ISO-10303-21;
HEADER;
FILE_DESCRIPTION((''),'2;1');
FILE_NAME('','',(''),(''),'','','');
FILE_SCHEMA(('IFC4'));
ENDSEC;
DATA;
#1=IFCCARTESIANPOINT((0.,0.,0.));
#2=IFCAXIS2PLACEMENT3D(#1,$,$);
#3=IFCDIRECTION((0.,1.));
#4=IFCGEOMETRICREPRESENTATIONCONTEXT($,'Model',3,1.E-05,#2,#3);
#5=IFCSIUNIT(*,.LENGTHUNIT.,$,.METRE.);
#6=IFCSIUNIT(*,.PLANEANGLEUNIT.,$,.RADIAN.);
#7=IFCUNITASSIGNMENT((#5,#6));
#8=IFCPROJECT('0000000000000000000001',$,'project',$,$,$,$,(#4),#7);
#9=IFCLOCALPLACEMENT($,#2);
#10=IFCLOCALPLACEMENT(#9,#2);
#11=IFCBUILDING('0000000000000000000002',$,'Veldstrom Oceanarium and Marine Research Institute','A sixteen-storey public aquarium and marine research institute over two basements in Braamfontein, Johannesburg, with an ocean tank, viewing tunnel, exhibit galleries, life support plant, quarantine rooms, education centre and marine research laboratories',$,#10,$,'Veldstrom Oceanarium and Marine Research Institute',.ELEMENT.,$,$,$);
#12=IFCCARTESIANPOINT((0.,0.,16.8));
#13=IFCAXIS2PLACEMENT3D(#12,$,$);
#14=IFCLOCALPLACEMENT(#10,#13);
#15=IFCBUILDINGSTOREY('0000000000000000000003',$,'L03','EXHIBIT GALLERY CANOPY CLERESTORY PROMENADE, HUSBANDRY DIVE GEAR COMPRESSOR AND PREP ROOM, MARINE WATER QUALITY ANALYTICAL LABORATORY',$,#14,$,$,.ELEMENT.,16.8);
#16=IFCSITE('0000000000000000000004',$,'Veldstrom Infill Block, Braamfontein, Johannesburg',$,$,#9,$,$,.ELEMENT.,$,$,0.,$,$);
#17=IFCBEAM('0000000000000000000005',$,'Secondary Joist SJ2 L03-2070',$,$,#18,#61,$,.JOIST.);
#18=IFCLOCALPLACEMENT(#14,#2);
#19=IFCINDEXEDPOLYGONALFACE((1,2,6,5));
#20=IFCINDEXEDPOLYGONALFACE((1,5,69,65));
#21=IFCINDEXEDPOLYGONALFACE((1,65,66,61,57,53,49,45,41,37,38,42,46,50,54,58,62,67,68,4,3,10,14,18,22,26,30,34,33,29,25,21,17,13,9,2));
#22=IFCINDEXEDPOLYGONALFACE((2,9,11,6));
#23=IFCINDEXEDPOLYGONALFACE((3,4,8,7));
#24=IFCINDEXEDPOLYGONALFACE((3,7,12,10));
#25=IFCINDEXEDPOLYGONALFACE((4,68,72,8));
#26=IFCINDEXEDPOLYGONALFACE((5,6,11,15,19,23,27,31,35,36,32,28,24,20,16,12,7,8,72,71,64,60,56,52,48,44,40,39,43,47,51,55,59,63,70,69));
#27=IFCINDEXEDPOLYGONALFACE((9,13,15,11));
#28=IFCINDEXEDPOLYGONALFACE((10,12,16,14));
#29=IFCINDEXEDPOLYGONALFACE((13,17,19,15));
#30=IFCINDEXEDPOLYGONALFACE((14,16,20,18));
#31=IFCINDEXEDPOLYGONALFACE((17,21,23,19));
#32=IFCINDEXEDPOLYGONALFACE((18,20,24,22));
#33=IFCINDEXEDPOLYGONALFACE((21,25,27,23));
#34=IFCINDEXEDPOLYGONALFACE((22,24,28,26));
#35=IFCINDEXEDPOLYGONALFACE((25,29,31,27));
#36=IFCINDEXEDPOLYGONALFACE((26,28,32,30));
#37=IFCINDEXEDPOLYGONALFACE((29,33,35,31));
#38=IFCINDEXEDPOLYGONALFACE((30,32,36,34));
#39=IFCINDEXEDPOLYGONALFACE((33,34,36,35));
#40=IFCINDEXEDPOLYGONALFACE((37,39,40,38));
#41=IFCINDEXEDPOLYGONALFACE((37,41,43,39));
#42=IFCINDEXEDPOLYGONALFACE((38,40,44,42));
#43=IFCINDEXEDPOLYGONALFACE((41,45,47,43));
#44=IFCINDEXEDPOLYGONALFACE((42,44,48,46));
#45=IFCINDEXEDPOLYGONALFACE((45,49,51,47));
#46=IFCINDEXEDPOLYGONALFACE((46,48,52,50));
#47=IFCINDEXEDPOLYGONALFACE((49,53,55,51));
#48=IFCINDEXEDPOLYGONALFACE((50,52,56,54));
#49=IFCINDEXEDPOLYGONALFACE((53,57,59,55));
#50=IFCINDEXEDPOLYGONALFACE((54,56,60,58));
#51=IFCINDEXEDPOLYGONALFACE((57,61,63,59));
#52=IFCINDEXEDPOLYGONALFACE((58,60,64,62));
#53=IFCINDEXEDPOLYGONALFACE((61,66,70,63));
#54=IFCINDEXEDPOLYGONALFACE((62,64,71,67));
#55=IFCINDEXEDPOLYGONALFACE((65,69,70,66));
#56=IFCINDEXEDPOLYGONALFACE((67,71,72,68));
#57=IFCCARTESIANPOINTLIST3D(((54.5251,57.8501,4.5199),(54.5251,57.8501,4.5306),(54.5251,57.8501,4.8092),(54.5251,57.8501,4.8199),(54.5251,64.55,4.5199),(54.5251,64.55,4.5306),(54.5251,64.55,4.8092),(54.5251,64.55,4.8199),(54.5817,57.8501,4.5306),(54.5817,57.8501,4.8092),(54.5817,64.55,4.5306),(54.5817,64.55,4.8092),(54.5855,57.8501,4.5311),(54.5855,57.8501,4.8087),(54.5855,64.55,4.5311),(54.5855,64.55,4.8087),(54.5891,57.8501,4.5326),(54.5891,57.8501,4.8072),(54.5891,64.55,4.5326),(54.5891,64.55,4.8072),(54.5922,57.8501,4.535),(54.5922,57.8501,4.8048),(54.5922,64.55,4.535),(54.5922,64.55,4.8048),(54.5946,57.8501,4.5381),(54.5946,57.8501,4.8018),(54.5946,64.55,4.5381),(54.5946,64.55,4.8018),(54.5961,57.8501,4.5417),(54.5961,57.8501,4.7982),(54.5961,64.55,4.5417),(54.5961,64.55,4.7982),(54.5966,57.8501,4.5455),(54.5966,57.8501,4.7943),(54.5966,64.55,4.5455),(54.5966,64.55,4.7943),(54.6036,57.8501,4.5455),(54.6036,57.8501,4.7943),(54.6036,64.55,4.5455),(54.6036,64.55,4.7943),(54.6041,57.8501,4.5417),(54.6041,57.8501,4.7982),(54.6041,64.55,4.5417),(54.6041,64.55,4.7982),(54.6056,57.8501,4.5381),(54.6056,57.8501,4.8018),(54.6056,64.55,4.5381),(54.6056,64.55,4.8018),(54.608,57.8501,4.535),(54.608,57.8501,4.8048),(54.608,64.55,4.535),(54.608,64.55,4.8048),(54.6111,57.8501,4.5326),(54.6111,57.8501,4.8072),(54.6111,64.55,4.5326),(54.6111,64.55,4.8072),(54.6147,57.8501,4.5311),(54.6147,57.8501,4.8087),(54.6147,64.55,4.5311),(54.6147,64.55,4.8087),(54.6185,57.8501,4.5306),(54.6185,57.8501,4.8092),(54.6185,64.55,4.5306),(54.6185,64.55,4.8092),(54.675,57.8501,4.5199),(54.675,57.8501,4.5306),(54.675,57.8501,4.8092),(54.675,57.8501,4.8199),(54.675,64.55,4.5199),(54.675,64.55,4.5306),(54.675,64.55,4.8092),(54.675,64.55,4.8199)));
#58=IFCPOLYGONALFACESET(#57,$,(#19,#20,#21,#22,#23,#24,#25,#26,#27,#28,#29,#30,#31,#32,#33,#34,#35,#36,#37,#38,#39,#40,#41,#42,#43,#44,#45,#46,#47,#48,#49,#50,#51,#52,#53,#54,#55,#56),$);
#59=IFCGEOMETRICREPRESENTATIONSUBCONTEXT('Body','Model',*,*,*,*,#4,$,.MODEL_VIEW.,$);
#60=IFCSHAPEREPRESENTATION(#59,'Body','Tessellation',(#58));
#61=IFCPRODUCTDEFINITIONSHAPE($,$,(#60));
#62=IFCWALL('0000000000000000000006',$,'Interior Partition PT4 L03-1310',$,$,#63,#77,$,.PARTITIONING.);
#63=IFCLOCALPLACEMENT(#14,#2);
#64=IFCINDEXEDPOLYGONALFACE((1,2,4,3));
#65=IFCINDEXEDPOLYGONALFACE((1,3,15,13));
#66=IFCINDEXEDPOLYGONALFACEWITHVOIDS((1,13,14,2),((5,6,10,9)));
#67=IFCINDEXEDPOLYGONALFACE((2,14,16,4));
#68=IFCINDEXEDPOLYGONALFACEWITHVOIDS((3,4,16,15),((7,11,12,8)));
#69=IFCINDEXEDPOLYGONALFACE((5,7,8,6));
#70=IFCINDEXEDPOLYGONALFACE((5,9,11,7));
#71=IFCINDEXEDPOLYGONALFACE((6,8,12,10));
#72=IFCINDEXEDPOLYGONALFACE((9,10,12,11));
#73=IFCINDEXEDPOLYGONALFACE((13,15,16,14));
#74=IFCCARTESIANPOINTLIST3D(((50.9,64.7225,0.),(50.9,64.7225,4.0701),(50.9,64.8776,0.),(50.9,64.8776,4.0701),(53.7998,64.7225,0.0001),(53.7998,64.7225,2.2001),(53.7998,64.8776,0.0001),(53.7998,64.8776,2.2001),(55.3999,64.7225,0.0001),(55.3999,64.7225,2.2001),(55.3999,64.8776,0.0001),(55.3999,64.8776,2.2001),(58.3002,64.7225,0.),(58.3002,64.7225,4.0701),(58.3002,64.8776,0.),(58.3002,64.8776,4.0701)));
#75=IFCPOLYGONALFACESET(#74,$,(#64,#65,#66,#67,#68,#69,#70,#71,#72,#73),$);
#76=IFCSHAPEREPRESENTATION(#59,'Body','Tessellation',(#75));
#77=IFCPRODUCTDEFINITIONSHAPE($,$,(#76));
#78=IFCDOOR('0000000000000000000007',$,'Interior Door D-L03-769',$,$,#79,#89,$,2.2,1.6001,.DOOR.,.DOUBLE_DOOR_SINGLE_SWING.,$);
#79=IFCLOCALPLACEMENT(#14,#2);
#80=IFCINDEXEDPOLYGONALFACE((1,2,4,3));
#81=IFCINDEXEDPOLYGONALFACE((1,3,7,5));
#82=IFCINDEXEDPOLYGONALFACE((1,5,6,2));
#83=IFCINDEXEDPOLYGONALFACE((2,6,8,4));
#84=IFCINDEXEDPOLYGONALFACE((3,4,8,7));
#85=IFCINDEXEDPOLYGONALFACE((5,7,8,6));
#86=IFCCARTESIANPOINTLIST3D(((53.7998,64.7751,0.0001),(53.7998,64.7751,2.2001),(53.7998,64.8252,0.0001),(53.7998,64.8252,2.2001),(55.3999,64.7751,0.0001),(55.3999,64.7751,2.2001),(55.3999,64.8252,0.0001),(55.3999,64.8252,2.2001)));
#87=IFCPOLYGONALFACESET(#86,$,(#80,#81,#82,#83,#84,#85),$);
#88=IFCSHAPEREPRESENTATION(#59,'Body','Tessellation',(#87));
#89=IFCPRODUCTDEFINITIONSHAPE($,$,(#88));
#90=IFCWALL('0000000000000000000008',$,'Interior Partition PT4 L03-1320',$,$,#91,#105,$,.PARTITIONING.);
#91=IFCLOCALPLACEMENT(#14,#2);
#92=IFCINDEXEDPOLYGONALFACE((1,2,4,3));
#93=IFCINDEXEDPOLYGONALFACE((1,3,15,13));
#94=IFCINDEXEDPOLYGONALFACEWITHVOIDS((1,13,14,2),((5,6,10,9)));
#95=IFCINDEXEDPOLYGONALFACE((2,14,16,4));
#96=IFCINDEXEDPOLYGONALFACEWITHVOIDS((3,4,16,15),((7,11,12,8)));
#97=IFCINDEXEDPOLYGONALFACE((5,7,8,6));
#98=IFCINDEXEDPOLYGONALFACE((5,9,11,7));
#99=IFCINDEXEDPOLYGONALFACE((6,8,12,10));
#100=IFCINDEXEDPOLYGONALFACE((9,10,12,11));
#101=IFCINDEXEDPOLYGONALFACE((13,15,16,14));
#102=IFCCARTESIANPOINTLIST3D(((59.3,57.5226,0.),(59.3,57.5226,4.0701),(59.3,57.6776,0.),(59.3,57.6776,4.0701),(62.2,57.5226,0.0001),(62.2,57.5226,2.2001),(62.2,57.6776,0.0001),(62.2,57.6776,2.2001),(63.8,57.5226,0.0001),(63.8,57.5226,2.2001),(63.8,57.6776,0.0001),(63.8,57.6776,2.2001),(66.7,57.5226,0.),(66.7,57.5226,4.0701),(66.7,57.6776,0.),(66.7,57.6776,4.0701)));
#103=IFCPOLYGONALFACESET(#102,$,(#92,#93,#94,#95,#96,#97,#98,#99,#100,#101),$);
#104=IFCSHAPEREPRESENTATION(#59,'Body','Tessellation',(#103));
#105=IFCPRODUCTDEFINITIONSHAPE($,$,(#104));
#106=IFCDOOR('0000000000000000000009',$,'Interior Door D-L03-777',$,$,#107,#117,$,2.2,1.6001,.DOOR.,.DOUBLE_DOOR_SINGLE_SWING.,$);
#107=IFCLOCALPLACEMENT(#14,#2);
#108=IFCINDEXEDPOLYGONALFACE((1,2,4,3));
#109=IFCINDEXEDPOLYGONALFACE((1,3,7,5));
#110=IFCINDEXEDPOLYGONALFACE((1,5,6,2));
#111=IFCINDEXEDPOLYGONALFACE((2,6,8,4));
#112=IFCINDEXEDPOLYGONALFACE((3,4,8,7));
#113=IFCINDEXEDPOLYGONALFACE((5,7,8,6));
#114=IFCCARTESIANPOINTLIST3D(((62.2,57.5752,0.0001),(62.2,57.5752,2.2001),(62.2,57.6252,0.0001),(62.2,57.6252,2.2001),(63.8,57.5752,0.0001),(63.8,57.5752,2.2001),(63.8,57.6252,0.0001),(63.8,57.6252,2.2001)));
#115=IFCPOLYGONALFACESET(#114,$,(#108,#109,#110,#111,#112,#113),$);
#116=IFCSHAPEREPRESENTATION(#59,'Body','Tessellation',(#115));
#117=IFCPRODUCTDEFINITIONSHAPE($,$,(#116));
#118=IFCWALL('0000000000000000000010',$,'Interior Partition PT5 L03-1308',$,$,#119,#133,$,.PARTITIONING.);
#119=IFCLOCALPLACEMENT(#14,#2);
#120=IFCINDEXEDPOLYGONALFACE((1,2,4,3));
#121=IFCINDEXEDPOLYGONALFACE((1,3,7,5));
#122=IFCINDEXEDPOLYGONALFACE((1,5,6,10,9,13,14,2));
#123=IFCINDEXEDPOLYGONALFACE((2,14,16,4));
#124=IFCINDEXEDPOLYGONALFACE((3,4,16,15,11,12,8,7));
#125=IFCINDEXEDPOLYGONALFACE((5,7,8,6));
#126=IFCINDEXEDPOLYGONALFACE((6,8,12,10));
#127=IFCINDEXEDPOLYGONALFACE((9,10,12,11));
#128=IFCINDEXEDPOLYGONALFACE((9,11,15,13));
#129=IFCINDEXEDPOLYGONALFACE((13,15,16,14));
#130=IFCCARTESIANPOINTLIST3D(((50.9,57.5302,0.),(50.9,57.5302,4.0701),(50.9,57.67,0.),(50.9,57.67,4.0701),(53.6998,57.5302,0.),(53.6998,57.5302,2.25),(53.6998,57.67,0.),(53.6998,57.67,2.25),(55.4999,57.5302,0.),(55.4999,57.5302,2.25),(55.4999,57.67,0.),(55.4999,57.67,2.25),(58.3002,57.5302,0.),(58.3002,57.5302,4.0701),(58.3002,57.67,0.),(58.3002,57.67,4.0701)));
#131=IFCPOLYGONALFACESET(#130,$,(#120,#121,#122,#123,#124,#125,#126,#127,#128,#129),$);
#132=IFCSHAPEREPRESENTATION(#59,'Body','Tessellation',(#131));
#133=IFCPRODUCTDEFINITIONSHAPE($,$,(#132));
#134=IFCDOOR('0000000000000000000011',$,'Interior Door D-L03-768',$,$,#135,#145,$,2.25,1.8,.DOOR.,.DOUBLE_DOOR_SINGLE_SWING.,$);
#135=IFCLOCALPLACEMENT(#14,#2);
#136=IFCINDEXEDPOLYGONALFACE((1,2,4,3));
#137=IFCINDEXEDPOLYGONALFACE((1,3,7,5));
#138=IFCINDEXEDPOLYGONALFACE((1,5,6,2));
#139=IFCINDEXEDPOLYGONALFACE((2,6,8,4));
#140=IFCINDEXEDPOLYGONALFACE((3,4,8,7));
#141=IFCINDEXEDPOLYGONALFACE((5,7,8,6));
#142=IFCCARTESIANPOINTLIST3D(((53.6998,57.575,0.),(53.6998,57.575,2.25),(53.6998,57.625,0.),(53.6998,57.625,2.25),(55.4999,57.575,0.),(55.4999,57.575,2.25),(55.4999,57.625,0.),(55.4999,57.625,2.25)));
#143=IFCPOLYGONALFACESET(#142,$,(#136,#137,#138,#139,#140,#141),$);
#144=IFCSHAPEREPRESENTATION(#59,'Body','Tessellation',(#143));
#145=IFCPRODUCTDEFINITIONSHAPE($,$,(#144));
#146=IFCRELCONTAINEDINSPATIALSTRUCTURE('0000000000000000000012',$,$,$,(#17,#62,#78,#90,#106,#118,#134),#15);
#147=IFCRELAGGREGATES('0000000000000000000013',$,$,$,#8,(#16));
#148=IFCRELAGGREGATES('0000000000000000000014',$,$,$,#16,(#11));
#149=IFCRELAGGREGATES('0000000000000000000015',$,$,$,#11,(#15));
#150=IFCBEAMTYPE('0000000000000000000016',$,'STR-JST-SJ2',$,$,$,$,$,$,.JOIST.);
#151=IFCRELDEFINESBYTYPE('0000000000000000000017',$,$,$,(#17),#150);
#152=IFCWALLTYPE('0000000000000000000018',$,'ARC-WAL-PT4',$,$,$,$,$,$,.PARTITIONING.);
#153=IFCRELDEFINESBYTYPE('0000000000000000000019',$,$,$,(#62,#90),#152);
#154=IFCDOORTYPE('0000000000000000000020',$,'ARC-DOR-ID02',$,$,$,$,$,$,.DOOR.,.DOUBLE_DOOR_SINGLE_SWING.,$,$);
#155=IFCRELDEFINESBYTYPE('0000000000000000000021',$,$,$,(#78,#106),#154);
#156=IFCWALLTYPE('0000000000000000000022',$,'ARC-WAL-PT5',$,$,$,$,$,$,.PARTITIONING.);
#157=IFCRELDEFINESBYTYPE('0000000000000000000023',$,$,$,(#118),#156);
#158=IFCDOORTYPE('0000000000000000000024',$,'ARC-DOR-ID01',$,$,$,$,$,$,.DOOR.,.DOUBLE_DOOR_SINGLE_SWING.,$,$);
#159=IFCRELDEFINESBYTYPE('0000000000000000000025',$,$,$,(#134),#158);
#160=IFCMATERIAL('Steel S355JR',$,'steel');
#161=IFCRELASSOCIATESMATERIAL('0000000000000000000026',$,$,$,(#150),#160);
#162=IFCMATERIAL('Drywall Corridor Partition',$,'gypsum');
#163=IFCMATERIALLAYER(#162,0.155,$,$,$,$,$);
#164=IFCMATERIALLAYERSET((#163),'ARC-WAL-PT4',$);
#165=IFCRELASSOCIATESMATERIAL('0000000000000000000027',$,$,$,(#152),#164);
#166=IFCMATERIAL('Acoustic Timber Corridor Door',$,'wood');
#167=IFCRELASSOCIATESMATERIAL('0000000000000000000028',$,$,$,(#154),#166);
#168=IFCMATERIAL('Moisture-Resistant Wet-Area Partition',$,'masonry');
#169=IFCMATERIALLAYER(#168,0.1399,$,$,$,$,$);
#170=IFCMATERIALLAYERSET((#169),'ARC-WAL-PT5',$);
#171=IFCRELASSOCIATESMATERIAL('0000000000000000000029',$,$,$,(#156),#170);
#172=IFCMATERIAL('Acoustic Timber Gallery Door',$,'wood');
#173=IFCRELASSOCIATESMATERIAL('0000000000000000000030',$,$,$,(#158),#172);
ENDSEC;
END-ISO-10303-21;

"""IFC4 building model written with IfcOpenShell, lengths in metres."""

from ifc_helpers import new_model, si_unit, direction, frame, frame_2d, origin, origin_2d, place, context, subcontext, project, spatial, rectangle, i_section, extrude, material, layer, layer_set, material_profile, profile_set, type_object, element, fill, save


model = new_model("IFC4")

# Units and contexts
model_context = context("Model", 3, precision=1e-05, world=origin(), true_north=direction((0.0, 1.0)))
body_context = subcontext(model_context, "Body", "Model", "MODEL_VIEW")
ifc_project = project(units=[si_unit("LENGTHUNIT", "METRE"), si_unit("PLANEANGLEUNIT", "RADIAN")], contexts=[model_context])

# Site, building, storey
site_placement = place(None, origin())
site = spatial("IfcSite", under=ifc_project, at=site_placement, Name="Veldstrom Infill Block, Braamfontein, Johannesburg", CompositionType="ELEMENT", RefElevation=0.0)
building_placement = place(site_placement, origin())
building = spatial("IfcBuilding", under=site, at=building_placement, Name="Veldstrom Oceanarium and Marine Research Institute", Description="A sixteen-storey public aquarium and marine research institute over two basements in Braamfontein, Johannesburg, with an ocean tank, viewing tunnel, exhibit galleries, life support plant, quarantine rooms, education centre and marine research laboratories", LongName="Veldstrom Oceanarium and Marine Research Institute", CompositionType="ELEMENT")
storey_placement = place(building_placement, frame((0.0, 0.0, 16.8)))
storey = spatial("IfcBuildingStorey", under=building, at=storey_placement, Name="L03", Description="EXHIBIT GALLERY CANOPY CLERESTORY PROMENADE, HUSBANDRY DIVE GEAR COMPRESSOR AND PREP ROOM, MARINE WATER QUALITY ANALYTICAL LABORATORY", CompositionType="ELEMENT", Elevation=16.8)

# Beam
ifc_material_1 = material(Name="Steel S355JR", Category="steel")
ifc_material_profile_1 = material_profile(ifc_material_1, i_section(OverallWidth=0.1499, OverallDepth=0.3, WebThickness=0.0071, FlangeThickness=0.0107, FilletRadius=0.0149, at=origin_2d()), Name="IPE 300")
ifc_profile_set_1 = profile_set([ifc_material_profile_1], Name="Steel S355JR")
beam_type_1 = type_object("IfcBeamType", Name="STR-JST-SJ2", PredefinedType="JOIST", material=ifc_profile_set_1)
beam_1_placement = place(storey_placement, frame((54.6001, 57.8501, 4.6699), z_axis=(0.0, 1.0, 0.0), x_axis=(-1.0, 0.0, 0.0)))
element("IfcBeam", 1, at=beam_1_placement, inside=storey, type_object=beam_type_1, Name="Secondary Joist SJ2 L03-2070", PredefinedType="JOIST", context=body_context, shape_type="SweptSolid", body=[
    extrude(i_section(OverallWidth=0.1499, OverallDepth=0.3, WebThickness=0.0071, FlangeThickness=0.0107, FilletRadius=0.0149, at=origin_2d()), origin(), (0.0, 0.0, 1.0), 6.7),
])

# Walls, openings, doors
ifc_material_2 = material(Name="Drywall Corridor Partition", Category="gypsum")
ifc_layer_1 = layer(ifc_material_2, 0.155)
ifc_layer_set_1 = layer_set([ifc_layer_1], Name="ARC-WAL-PT4")
wall_type_1 = type_object("IfcWallType", Name="ARC-WAL-PT4", PredefinedType="PARTITIONING", material=ifc_layer_set_1)
wall_1_placement = place(storey_placement, frame((50.8999, 64.8, 0.0), z_axis=(0.0, 0.0, 1.0), x_axis=(1.0, 0.0, 0.0)))
wall_1 = element("IfcWall", 2, at=wall_1_placement, inside=storey, type_object=wall_type_1, Name="Interior Partition PT4 L03-1310", PredefinedType="PARTITIONING", context=body_context, shape_type="SweptSolid", body=[
    extrude(rectangle(XDim=7.4001, YDim=0.155, at=frame_2d((3.7002, 0.0))), origin(), (0.0, 0.0, 1.0), 4.0701),
])
opening_1_placement = place(wall_1_placement, frame((2.8999, 0.0, 0.0)))
opening_1 = element("IfcOpeningElement", 3, at=opening_1_placement, cuts=wall_1, PredefinedType="OPENING", context=body_context, shape_type="SweptSolid", body=[
    extrude(rectangle(XDim=1.6001, YDim=2.2, at=frame_2d((0.8, 1.1001))), frame((0.0, 0.0874, 0.0), z_axis=(0.0, -1.0, 0.0), x_axis=(1.0, 0.0, 0.0)), (0.0, 0.0, 1.0), 0.175),
])
ifc_material_3 = material(Name="Acoustic Timber Corridor Door", Category="wood")
door_type_1 = type_object("IfcDoorType", Name="ARC-DOR-ID02", OperationType="DOUBLE_DOOR_SINGLE_SWING", PredefinedType="DOOR", material=ifc_material_3)
door_1_placement = place(opening_1_placement, frame((1.6001, 0.0, 0.0), z_axis=(0.0, 0.0, 1.0), x_axis=(-1.0, 0.0, 0.0)))
door_1 = element("IfcDoor", 4, at=door_1_placement, inside=storey, type_object=door_type_1, Name="Interior Door D-L03-769", OperationType="DOUBLE_DOOR_SINGLE_SWING", OverallHeight=2.2, OverallWidth=1.6001, PredefinedType="DOOR", context=body_context, shape_type="SweptSolid", body=[
    extrude(rectangle(XDim=1.6001, YDim=2.2, at=frame_2d((0.8, 1.1001))), frame((0.0, 0.0249, 0.0), z_axis=(0.0, -1.0, 0.0), x_axis=(1.0, 0.0, 0.0)), (0.0, 0.0, 1.0), 0.05),
])
fill(opening_1, door_1)
wall_2_placement = place(storey_placement, frame((59.3, 57.6001, 0.0), z_axis=(0.0, 0.0, 1.0), x_axis=(1.0, 0.0, 0.0)))
wall_2 = element("IfcWall", 5, at=wall_2_placement, inside=storey, type_object=wall_type_1, Name="Interior Partition PT4 L03-1320", PredefinedType="PARTITIONING", context=body_context, shape_type="SweptSolid", body=[
    extrude(rectangle(XDim=7.3999, YDim=0.155, at=frame_2d((3.7, 0.0))), origin(), (0.0, 0.0, 1.0), 4.0701),
])
opening_2_placement = place(wall_2_placement, frame((2.8999, 0.0, 0.0)))
opening_2 = element("IfcOpeningElement", 6, at=opening_2_placement, cuts=wall_2, PredefinedType="OPENING", context=body_context, shape_type="SweptSolid", body=[
    extrude(rectangle(XDim=1.6001, YDim=2.2, at=frame_2d((0.8, 1.1001))), frame((0.0, 0.0874, 0.0), z_axis=(0.0, -1.0, 0.0), x_axis=(1.0, 0.0, 0.0)), (0.0, 0.0, 1.0), 0.175),
])
door_2_placement = place(opening_2_placement, frame((1.6001, 0.0, 0.0), z_axis=(0.0, 0.0, 1.0), x_axis=(-1.0, 0.0, 0.0)))
door_2 = element("IfcDoor", 7, at=door_2_placement, inside=storey, type_object=door_type_1, Name="Interior Door D-L03-777", OperationType="DOUBLE_DOOR_SINGLE_SWING", OverallHeight=2.2, OverallWidth=1.6001, PredefinedType="DOOR", context=body_context, shape_type="SweptSolid", body=[
    extrude(rectangle(XDim=1.6001, YDim=2.2, at=frame_2d((0.8, 1.1001))), frame((0.0, 0.0249, 0.0), z_axis=(0.0, -1.0, 0.0), x_axis=(1.0, 0.0, 0.0)), (0.0, 0.0, 1.0), 0.05),
])
fill(opening_2, door_2)
ifc_material_4 = material(Name="Moisture-Resistant Wet-Area Partition", Category="masonry")
ifc_layer_2 = layer(ifc_material_4, 0.1399)
ifc_layer_set_2 = layer_set([ifc_layer_2], Name="ARC-WAL-PT5")
wall_type_2 = type_object("IfcWallType", Name="ARC-WAL-PT5", PredefinedType="PARTITIONING", material=ifc_layer_set_2)
wall_3_placement = place(storey_placement, frame((50.8999, 57.6001, 0.0), z_axis=(0.0, 0.0, 1.0), x_axis=(1.0, 0.0, 0.0)))
wall_3 = element("IfcWall", 8, at=wall_3_placement, inside=storey, type_object=wall_type_2, Name="Interior Partition PT5 L03-1308", PredefinedType="PARTITIONING", context=body_context, shape_type="SweptSolid", body=[
    extrude(rectangle(XDim=7.4001, YDim=0.1399, at=frame_2d((3.7002, 0.0))), origin(), (0.0, 0.0, 1.0), 4.0701),
])
opening_3_placement = place(wall_3_placement, frame((2.8, 0.0, 0.0)))
opening_3 = element("IfcOpeningElement", 9, at=opening_3_placement, cuts=wall_3, PredefinedType="OPENING", context=body_context, shape_type="SweptSolid", body=[
    extrude(rectangle(XDim=1.8, YDim=2.25, at=frame_2d((0.8999, 1.125))), frame((0.0, 0.0798, 0.0), z_axis=(0.0, -1.0, 0.0), x_axis=(1.0, 0.0, 0.0)), (0.0, 0.0, 1.0), 0.1599),
])
ifc_material_5 = material(Name="Acoustic Timber Gallery Door", Category="wood")
door_type_2 = type_object("IfcDoorType", Name="ARC-DOR-ID01", OperationType="DOUBLE_DOOR_SINGLE_SWING", PredefinedType="DOOR", material=ifc_material_5)
door_3_placement = place(opening_3_placement, origin())
door_3 = element("IfcDoor", 10, at=door_3_placement, inside=storey, type_object=door_type_2, Name="Interior Door D-L03-768", OperationType="DOUBLE_DOOR_SINGLE_SWING", OverallHeight=2.25, OverallWidth=1.8, PredefinedType="DOOR", context=body_context, shape_type="SweptSolid", body=[
    extrude(rectangle(XDim=1.8, YDim=2.25, at=frame_2d((0.8999, 1.125))), frame((0.0, 0.0249, 0.0), z_axis=(0.0, -1.0, 0.0), x_axis=(1.0, 0.0, 0.0)), (0.0, 0.0, 1.0), 0.05),
])
fill(opening_3, door_3)

save(model, "model.ifc")
